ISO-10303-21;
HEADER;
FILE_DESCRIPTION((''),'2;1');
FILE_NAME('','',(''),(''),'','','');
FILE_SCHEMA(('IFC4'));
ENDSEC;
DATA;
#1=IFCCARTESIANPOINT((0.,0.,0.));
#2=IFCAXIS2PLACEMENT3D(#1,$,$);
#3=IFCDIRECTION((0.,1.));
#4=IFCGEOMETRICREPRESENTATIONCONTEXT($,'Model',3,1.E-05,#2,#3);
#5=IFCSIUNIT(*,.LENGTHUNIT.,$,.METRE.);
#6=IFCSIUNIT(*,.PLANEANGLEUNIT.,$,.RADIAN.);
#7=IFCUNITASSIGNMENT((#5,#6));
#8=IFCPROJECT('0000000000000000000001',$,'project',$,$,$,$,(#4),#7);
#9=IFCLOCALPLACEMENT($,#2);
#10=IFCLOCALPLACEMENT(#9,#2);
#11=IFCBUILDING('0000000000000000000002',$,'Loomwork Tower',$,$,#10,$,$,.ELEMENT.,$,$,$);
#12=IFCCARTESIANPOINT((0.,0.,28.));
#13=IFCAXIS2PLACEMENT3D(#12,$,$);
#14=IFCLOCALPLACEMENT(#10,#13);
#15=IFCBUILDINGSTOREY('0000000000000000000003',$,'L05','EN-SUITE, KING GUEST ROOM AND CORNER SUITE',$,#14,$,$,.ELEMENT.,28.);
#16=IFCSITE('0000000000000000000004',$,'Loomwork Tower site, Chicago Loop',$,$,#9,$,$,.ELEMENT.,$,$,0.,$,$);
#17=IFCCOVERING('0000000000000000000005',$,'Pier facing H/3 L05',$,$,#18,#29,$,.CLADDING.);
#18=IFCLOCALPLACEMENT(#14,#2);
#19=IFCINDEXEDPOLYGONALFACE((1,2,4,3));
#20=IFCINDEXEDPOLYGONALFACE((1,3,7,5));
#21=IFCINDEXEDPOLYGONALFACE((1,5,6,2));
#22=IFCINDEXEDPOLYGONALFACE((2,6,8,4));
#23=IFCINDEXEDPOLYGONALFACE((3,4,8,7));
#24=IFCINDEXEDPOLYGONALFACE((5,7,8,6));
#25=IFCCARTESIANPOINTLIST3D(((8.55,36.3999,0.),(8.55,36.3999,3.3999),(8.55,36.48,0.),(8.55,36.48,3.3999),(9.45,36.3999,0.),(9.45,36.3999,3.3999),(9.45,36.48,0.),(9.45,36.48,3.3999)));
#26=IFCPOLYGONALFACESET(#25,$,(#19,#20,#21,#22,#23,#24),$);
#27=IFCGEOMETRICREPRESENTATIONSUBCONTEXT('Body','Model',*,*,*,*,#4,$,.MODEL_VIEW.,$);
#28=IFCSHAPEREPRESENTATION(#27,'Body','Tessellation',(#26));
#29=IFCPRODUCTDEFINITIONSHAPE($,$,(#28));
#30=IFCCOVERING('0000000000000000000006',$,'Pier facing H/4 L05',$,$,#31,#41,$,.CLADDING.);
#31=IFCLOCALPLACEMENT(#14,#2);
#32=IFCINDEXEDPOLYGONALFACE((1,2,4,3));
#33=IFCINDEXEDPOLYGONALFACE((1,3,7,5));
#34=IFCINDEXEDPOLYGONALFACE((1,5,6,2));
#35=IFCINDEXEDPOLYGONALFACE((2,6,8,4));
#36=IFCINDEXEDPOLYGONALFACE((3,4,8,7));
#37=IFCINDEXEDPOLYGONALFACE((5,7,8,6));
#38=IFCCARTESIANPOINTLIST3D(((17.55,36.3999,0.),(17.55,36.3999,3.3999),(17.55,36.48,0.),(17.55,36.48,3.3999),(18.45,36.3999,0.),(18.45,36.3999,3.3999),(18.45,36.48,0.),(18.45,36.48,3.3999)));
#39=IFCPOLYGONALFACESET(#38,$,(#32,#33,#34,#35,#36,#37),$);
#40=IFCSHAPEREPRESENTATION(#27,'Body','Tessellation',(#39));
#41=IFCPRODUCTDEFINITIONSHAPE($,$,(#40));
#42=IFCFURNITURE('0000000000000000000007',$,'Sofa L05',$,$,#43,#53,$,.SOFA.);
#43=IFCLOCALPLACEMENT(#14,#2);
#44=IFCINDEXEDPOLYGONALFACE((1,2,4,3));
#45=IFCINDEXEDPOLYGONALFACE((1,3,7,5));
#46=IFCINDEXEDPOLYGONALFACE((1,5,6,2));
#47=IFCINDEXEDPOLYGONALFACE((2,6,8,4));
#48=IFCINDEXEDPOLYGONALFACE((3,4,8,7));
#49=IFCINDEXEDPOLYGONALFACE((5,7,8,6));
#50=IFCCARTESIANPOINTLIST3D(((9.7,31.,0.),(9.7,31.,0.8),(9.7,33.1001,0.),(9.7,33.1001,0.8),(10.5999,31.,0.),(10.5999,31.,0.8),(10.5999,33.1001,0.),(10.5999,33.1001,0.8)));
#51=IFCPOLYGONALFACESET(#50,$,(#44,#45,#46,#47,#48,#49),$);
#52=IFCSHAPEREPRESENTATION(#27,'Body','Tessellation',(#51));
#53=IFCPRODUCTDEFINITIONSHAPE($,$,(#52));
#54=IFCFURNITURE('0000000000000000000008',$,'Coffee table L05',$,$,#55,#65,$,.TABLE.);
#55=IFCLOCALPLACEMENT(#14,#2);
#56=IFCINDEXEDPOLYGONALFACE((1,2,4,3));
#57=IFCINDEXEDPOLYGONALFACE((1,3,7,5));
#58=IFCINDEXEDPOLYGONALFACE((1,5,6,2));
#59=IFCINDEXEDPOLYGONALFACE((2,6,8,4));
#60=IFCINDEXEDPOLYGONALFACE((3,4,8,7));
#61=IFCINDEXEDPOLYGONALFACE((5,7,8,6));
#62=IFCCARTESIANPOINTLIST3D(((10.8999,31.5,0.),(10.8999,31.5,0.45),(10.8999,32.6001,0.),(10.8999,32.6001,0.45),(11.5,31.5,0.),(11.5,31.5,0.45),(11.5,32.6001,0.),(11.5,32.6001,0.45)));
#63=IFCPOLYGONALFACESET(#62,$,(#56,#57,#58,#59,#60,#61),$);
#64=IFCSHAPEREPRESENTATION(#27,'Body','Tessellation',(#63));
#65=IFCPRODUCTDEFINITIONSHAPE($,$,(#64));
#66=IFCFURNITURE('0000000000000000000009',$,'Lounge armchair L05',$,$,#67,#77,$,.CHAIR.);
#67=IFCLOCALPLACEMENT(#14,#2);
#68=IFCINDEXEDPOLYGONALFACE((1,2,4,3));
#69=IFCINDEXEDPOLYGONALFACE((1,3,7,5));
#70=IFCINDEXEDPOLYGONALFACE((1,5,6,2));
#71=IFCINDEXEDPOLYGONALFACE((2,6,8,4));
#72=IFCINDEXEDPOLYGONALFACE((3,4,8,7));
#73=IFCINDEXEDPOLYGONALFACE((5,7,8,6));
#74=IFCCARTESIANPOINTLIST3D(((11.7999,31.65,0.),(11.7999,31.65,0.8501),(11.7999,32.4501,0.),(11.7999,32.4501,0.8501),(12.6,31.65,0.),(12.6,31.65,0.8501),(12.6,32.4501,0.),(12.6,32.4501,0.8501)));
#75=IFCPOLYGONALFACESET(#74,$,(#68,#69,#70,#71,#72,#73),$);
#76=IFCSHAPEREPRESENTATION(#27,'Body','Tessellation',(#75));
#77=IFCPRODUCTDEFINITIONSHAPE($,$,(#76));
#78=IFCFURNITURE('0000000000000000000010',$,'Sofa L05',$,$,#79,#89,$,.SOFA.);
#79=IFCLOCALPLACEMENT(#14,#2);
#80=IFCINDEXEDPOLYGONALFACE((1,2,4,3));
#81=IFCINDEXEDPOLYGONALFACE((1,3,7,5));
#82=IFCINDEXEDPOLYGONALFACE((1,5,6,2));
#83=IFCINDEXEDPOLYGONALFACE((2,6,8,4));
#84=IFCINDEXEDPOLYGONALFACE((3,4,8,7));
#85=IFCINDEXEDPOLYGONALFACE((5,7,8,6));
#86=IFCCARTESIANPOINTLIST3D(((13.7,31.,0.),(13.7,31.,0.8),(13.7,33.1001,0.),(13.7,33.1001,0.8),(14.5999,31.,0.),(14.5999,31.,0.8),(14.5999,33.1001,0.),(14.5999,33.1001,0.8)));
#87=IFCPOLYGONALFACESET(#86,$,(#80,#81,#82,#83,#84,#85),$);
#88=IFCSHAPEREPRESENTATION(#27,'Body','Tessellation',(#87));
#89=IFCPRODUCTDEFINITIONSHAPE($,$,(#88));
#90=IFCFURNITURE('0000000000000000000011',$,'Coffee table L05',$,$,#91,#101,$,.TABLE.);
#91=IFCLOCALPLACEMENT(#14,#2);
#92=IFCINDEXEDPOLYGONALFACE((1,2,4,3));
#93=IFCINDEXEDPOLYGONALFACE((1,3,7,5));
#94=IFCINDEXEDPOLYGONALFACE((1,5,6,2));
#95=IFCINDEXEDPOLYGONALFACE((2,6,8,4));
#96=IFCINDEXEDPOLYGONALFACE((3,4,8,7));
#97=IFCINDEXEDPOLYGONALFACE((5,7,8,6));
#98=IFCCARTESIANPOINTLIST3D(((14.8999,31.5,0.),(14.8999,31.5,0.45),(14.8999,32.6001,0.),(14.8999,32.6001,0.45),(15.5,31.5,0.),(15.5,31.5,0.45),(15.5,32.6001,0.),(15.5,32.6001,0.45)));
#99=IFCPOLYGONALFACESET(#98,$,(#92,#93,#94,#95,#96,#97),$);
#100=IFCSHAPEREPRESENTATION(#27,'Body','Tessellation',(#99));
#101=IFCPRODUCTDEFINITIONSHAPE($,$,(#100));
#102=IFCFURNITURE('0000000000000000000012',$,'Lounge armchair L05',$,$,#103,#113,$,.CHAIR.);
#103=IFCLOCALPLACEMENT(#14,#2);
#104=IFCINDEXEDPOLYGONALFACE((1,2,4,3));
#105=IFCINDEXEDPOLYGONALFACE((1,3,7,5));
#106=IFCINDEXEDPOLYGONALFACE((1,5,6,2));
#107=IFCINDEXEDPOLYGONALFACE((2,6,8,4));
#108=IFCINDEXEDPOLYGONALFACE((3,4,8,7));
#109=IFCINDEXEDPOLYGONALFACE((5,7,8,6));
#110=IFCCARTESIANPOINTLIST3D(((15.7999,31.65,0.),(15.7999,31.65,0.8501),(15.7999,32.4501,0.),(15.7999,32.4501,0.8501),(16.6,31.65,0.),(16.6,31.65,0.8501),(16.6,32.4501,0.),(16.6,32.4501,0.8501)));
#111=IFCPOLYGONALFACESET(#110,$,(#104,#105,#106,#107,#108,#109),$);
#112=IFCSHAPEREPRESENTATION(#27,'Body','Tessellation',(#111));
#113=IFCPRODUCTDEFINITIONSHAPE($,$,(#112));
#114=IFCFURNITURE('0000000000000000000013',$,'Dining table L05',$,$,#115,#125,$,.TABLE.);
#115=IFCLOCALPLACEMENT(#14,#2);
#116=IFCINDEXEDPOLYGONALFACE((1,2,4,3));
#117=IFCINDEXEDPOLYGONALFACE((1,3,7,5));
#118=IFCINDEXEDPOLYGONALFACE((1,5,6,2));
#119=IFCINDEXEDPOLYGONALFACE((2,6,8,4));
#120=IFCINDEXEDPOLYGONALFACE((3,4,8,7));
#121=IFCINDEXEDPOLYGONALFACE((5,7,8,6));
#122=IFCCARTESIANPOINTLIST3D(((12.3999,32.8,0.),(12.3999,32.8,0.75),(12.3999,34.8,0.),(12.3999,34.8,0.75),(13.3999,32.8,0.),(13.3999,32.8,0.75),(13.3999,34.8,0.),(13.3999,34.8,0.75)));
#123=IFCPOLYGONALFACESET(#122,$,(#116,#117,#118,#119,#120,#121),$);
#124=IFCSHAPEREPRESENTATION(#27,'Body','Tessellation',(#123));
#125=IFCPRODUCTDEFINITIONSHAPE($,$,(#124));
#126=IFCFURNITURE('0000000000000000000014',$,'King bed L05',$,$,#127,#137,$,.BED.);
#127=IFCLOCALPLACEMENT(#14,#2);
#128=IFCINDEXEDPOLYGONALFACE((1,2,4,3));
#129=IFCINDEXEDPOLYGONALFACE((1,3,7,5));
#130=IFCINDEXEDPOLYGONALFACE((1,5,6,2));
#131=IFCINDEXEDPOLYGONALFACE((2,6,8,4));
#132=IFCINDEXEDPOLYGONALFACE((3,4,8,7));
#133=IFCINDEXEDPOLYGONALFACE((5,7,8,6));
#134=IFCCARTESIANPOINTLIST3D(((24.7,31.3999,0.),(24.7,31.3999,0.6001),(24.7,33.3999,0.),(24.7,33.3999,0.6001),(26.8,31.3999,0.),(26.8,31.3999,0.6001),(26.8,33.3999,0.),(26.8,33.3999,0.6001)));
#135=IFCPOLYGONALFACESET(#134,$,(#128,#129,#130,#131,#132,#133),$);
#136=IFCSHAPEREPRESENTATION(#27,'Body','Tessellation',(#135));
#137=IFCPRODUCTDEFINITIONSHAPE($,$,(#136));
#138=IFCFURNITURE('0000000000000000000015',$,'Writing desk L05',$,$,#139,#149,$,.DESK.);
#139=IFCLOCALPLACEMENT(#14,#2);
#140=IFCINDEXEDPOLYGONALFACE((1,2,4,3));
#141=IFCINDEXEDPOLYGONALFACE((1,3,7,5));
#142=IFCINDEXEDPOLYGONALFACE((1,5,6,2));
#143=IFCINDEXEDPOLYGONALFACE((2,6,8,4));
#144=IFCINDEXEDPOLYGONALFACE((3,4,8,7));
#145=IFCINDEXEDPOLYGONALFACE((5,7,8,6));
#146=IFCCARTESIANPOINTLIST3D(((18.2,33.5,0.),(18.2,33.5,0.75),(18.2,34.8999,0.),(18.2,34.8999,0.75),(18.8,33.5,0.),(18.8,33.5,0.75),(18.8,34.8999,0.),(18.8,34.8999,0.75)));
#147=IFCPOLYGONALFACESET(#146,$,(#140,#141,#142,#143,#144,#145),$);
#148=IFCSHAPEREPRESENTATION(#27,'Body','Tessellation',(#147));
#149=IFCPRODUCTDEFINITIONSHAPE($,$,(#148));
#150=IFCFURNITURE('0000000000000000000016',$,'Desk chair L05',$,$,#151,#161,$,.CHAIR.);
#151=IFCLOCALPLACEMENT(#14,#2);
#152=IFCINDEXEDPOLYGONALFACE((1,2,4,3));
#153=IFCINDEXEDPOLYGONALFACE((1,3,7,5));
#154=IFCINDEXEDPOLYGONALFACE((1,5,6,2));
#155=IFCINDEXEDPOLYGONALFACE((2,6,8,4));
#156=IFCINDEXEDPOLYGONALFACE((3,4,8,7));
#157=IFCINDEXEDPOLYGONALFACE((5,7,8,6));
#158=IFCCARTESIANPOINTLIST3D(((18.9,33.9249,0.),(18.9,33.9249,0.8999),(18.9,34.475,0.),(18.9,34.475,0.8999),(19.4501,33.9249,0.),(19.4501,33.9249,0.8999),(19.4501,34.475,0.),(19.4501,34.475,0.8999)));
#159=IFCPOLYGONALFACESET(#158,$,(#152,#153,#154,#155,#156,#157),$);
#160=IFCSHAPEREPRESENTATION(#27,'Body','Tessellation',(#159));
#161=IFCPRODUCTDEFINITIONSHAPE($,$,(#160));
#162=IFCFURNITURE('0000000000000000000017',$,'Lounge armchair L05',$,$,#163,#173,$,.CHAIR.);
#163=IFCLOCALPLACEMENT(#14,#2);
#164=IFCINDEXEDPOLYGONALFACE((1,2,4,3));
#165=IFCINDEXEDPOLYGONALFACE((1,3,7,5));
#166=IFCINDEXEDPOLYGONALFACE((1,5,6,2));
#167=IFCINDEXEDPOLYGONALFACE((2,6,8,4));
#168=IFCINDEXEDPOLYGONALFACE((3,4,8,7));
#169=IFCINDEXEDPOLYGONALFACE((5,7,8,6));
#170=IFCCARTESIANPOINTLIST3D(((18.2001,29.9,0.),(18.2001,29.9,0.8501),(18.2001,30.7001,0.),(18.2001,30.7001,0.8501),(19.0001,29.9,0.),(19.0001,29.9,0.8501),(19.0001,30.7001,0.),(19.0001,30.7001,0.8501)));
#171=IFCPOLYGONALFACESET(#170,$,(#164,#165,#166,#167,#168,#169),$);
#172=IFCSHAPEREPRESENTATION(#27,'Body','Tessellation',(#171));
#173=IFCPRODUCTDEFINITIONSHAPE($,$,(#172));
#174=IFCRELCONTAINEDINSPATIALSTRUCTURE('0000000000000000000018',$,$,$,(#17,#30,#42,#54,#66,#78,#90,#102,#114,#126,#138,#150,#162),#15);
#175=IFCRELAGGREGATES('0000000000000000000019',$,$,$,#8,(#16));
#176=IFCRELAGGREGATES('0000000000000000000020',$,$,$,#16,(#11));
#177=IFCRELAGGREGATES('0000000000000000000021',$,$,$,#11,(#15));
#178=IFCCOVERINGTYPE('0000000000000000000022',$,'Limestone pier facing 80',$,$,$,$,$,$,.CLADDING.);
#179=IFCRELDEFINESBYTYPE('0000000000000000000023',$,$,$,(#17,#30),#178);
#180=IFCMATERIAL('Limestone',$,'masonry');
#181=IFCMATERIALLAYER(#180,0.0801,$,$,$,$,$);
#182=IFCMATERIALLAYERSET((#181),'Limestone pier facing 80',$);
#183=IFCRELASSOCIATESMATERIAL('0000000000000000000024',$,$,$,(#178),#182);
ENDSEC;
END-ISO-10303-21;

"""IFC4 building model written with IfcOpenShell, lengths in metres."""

from ifc_helpers import new_model, si_unit, direction, frame, origin, origin_2d, place, context, subcontext, project, spatial, rectangle, extrude, material, layer, layer_set, type_object, element, save


model = new_model("IFC4")

# Units and contexts
model_context = context("Model", 3, precision=1e-05, world=origin(), true_north=direction((0.0, 1.0)))
body_context = subcontext(model_context, "Body", "Model", "MODEL_VIEW")
ifc_project = project(units=[si_unit("LENGTHUNIT", "METRE"), si_unit("PLANEANGLEUNIT", "RADIAN")], contexts=[model_context])

# Site, building, storey
site_placement = place(None, origin())
site = spatial("IfcSite", under=ifc_project, at=site_placement, Name="Loomwork Tower site, Chicago Loop", CompositionType="ELEMENT", RefElevation=0.0)
building_placement = place(site_placement, origin())
building = spatial("IfcBuilding", under=site, at=building_placement, Name="Loomwork Tower", CompositionType="ELEMENT")
storey_placement = place(building_placement, frame((0.0, 0.0, 28.0)))
storey = spatial("IfcBuildingStorey", under=building, at=storey_placement, Name="L05", Description="EN-SUITE, KING GUEST ROOM AND CORNER SUITE", CompositionType="ELEMENT", Elevation=28.0)

# Coverings
ifc_material_1 = material(Name="Limestone", Category="masonry")
ifc_layer_1 = layer(ifc_material_1, 0.0801)
ifc_layer_set_1 = layer_set([ifc_layer_1], Name="Limestone pier facing 80")
covering_type = type_object("IfcCoveringType", Name="Limestone pier facing 80", PredefinedType="CLADDING", material=ifc_layer_set_1)
for number, where, z_axis, x_axis, name in (
    (1, (9.0, 36.4399, 0.0), (0.0, 0.0, 1.0), (1.0, 0.0, 0.0), "Pier facing H/3 L05"),
    (2, (18.0, 36.4399, 0.0), (0.0, 0.0, 1.0), (1.0, 0.0, 0.0), "Pier facing H/4 L05"),
):
    element("IfcCovering", number, at=place(storey_placement, frame(where, z_axis=z_axis, x_axis=x_axis)), inside=storey, type_object=covering_type, Name=name, PredefinedType="CLADDING", context=body_context, shape_type="SweptSolid", body=[
        extrude(rectangle(XDim=0.8999, YDim=0.0801, at=origin_2d()), origin(), (0.0, 0.0, 1.0), 3.3999),
    ])

# Furniture
furniture_1_placement = place(storey_placement, frame((10.1499, 32.05, 0.0), z_axis=(0.0, 0.0, 1.0), x_axis=(1.0, 0.0, 0.0)))
element("IfcFurniture", 3, at=furniture_1_placement, inside=storey, Name="Sofa L05", PredefinedType="SOFA", context=body_context, shape_type="SweptSolid", body=[
    extrude(rectangle(XDim=0.8999, YDim=2.1001, at=origin_2d()), origin(), (0.0, 0.0, 1.0), 0.8),
])
furniture_2_placement = place(storey_placement, frame((11.2, 32.05, 0.0), z_axis=(0.0, 0.0, 1.0), x_axis=(1.0, 0.0, 0.0)))
element("IfcFurniture", 4, at=furniture_2_placement, inside=storey, Name="Coffee table L05", PredefinedType="TABLE", context=body_context, shape_type="SweptSolid", body=[
    extrude(rectangle(XDim=0.6001, YDim=1.1001, at=origin_2d()), origin(), (0.0, 0.0, 1.0), 0.45),
])
furniture_3_placement = place(storey_placement, frame((12.2, 32.05, 0.0), z_axis=(0.0, 0.0, 1.0), x_axis=(1.0, 0.0, 0.0)))
element("IfcFurniture", 5, at=furniture_3_placement, inside=storey, Name="Lounge armchair L05", PredefinedType="CHAIR", context=body_context, shape_type="SweptSolid", body=[
    extrude(rectangle(XDim=0.8, YDim=0.8, at=origin_2d()), origin(), (0.0, 0.0, 1.0), 0.8501),
])
furniture_4_placement = place(storey_placement, frame((14.1499, 32.05, 0.0), z_axis=(0.0, 0.0, 1.0), x_axis=(1.0, 0.0, 0.0)))
element("IfcFurniture", 6, at=furniture_4_placement, inside=storey, Name="Sofa L05", PredefinedType="SOFA", context=body_context, shape_type="SweptSolid", body=[
    extrude(rectangle(XDim=0.8999, YDim=2.1001, at=origin_2d()), origin(), (0.0, 0.0, 1.0), 0.8),
])
furniture_5_placement = place(storey_placement, frame((15.2, 32.05, 0.0), z_axis=(0.0, 0.0, 1.0), x_axis=(1.0, 0.0, 0.0)))
element("IfcFurniture", 7, at=furniture_5_placement, inside=storey, Name="Coffee table L05", PredefinedType="TABLE", context=body_context, shape_type="SweptSolid", body=[
    extrude(rectangle(XDim=0.6001, YDim=1.1001, at=origin_2d()), origin(), (0.0, 0.0, 1.0), 0.45),
])
furniture_6_placement = place(storey_placement, frame((16.2, 32.05, 0.0), z_axis=(0.0, 0.0, 1.0), x_axis=(1.0, 0.0, 0.0)))
element("IfcFurniture", 8, at=furniture_6_placement, inside=storey, Name="Lounge armchair L05", PredefinedType="CHAIR", context=body_context, shape_type="SweptSolid", body=[
    extrude(rectangle(XDim=0.8, YDim=0.8, at=origin_2d()), origin(), (0.0, 0.0, 1.0), 0.8501),
])
furniture_7_placement = place(storey_placement, frame((12.8999, 33.8, 0.0), z_axis=(0.0, 0.0, 1.0), x_axis=(1.0, 0.0, 0.0)))
element("IfcFurniture", 9, at=furniture_7_placement, inside=storey, Name="Dining table L05", PredefinedType="TABLE", context=body_context, shape_type="SweptSolid", body=[
    extrude(rectangle(XDim=1.0, YDim=2.0, at=origin_2d()), origin(), (0.0, 0.0, 1.0), 0.75),
])
furniture_8_placement = place(storey_placement, frame((25.75, 32.3999, 0.0), z_axis=(0.0, 0.0, 1.0), x_axis=(1.0, 0.0, 0.0)))
element("IfcFurniture", 10, at=furniture_8_placement, inside=storey, Name="King bed L05", PredefinedType="BED", context=body_context, shape_type="SweptSolid", body=[
    extrude(rectangle(XDim=2.1001, YDim=2.0, at=origin_2d()), origin(), (0.0, 0.0, 1.0), 0.6001),
])
furniture_9_placement = place(storey_placement, frame((18.5, 34.2, 0.0), z_axis=(0.0, 0.0, 1.0), x_axis=(1.0, 0.0, 0.0)))
element("IfcFurniture", 11, at=furniture_9_placement, inside=storey, Name="Writing desk L05", PredefinedType="DESK", context=body_context, shape_type="SweptSolid", body=[
    extrude(rectangle(XDim=0.6001, YDim=1.3999, at=origin_2d()), origin(), (0.0, 0.0, 1.0), 0.75),
])
furniture_10_placement = place(storey_placement, frame((19.175, 34.2, 0.0), z_axis=(0.0, 0.0, 1.0), x_axis=(1.0, 0.0, 0.0)))
element("IfcFurniture", 12, at=furniture_10_placement, inside=storey, Name="Desk chair L05", PredefinedType="CHAIR", context=body_context, shape_type="SweptSolid", body=[
    extrude(rectangle(XDim=0.55, YDim=0.55, at=origin_2d()), origin(), (0.0, 0.0, 1.0), 0.8999),
])
furniture_11_placement = place(storey_placement, frame((18.6001, 30.3, 0.0), z_axis=(0.0, 0.0, 1.0), x_axis=(1.0, 0.0, 0.0)))
element("IfcFurniture", 13, at=furniture_11_placement, inside=storey, Name="Lounge armchair L05", PredefinedType="CHAIR", context=body_context, shape_type="SweptSolid", body=[
    extrude(rectangle(XDim=0.8, YDim=0.8, at=origin_2d()), origin(), (0.0, 0.0, 1.0), 0.8501),
])

save(model, "model.ifc")
